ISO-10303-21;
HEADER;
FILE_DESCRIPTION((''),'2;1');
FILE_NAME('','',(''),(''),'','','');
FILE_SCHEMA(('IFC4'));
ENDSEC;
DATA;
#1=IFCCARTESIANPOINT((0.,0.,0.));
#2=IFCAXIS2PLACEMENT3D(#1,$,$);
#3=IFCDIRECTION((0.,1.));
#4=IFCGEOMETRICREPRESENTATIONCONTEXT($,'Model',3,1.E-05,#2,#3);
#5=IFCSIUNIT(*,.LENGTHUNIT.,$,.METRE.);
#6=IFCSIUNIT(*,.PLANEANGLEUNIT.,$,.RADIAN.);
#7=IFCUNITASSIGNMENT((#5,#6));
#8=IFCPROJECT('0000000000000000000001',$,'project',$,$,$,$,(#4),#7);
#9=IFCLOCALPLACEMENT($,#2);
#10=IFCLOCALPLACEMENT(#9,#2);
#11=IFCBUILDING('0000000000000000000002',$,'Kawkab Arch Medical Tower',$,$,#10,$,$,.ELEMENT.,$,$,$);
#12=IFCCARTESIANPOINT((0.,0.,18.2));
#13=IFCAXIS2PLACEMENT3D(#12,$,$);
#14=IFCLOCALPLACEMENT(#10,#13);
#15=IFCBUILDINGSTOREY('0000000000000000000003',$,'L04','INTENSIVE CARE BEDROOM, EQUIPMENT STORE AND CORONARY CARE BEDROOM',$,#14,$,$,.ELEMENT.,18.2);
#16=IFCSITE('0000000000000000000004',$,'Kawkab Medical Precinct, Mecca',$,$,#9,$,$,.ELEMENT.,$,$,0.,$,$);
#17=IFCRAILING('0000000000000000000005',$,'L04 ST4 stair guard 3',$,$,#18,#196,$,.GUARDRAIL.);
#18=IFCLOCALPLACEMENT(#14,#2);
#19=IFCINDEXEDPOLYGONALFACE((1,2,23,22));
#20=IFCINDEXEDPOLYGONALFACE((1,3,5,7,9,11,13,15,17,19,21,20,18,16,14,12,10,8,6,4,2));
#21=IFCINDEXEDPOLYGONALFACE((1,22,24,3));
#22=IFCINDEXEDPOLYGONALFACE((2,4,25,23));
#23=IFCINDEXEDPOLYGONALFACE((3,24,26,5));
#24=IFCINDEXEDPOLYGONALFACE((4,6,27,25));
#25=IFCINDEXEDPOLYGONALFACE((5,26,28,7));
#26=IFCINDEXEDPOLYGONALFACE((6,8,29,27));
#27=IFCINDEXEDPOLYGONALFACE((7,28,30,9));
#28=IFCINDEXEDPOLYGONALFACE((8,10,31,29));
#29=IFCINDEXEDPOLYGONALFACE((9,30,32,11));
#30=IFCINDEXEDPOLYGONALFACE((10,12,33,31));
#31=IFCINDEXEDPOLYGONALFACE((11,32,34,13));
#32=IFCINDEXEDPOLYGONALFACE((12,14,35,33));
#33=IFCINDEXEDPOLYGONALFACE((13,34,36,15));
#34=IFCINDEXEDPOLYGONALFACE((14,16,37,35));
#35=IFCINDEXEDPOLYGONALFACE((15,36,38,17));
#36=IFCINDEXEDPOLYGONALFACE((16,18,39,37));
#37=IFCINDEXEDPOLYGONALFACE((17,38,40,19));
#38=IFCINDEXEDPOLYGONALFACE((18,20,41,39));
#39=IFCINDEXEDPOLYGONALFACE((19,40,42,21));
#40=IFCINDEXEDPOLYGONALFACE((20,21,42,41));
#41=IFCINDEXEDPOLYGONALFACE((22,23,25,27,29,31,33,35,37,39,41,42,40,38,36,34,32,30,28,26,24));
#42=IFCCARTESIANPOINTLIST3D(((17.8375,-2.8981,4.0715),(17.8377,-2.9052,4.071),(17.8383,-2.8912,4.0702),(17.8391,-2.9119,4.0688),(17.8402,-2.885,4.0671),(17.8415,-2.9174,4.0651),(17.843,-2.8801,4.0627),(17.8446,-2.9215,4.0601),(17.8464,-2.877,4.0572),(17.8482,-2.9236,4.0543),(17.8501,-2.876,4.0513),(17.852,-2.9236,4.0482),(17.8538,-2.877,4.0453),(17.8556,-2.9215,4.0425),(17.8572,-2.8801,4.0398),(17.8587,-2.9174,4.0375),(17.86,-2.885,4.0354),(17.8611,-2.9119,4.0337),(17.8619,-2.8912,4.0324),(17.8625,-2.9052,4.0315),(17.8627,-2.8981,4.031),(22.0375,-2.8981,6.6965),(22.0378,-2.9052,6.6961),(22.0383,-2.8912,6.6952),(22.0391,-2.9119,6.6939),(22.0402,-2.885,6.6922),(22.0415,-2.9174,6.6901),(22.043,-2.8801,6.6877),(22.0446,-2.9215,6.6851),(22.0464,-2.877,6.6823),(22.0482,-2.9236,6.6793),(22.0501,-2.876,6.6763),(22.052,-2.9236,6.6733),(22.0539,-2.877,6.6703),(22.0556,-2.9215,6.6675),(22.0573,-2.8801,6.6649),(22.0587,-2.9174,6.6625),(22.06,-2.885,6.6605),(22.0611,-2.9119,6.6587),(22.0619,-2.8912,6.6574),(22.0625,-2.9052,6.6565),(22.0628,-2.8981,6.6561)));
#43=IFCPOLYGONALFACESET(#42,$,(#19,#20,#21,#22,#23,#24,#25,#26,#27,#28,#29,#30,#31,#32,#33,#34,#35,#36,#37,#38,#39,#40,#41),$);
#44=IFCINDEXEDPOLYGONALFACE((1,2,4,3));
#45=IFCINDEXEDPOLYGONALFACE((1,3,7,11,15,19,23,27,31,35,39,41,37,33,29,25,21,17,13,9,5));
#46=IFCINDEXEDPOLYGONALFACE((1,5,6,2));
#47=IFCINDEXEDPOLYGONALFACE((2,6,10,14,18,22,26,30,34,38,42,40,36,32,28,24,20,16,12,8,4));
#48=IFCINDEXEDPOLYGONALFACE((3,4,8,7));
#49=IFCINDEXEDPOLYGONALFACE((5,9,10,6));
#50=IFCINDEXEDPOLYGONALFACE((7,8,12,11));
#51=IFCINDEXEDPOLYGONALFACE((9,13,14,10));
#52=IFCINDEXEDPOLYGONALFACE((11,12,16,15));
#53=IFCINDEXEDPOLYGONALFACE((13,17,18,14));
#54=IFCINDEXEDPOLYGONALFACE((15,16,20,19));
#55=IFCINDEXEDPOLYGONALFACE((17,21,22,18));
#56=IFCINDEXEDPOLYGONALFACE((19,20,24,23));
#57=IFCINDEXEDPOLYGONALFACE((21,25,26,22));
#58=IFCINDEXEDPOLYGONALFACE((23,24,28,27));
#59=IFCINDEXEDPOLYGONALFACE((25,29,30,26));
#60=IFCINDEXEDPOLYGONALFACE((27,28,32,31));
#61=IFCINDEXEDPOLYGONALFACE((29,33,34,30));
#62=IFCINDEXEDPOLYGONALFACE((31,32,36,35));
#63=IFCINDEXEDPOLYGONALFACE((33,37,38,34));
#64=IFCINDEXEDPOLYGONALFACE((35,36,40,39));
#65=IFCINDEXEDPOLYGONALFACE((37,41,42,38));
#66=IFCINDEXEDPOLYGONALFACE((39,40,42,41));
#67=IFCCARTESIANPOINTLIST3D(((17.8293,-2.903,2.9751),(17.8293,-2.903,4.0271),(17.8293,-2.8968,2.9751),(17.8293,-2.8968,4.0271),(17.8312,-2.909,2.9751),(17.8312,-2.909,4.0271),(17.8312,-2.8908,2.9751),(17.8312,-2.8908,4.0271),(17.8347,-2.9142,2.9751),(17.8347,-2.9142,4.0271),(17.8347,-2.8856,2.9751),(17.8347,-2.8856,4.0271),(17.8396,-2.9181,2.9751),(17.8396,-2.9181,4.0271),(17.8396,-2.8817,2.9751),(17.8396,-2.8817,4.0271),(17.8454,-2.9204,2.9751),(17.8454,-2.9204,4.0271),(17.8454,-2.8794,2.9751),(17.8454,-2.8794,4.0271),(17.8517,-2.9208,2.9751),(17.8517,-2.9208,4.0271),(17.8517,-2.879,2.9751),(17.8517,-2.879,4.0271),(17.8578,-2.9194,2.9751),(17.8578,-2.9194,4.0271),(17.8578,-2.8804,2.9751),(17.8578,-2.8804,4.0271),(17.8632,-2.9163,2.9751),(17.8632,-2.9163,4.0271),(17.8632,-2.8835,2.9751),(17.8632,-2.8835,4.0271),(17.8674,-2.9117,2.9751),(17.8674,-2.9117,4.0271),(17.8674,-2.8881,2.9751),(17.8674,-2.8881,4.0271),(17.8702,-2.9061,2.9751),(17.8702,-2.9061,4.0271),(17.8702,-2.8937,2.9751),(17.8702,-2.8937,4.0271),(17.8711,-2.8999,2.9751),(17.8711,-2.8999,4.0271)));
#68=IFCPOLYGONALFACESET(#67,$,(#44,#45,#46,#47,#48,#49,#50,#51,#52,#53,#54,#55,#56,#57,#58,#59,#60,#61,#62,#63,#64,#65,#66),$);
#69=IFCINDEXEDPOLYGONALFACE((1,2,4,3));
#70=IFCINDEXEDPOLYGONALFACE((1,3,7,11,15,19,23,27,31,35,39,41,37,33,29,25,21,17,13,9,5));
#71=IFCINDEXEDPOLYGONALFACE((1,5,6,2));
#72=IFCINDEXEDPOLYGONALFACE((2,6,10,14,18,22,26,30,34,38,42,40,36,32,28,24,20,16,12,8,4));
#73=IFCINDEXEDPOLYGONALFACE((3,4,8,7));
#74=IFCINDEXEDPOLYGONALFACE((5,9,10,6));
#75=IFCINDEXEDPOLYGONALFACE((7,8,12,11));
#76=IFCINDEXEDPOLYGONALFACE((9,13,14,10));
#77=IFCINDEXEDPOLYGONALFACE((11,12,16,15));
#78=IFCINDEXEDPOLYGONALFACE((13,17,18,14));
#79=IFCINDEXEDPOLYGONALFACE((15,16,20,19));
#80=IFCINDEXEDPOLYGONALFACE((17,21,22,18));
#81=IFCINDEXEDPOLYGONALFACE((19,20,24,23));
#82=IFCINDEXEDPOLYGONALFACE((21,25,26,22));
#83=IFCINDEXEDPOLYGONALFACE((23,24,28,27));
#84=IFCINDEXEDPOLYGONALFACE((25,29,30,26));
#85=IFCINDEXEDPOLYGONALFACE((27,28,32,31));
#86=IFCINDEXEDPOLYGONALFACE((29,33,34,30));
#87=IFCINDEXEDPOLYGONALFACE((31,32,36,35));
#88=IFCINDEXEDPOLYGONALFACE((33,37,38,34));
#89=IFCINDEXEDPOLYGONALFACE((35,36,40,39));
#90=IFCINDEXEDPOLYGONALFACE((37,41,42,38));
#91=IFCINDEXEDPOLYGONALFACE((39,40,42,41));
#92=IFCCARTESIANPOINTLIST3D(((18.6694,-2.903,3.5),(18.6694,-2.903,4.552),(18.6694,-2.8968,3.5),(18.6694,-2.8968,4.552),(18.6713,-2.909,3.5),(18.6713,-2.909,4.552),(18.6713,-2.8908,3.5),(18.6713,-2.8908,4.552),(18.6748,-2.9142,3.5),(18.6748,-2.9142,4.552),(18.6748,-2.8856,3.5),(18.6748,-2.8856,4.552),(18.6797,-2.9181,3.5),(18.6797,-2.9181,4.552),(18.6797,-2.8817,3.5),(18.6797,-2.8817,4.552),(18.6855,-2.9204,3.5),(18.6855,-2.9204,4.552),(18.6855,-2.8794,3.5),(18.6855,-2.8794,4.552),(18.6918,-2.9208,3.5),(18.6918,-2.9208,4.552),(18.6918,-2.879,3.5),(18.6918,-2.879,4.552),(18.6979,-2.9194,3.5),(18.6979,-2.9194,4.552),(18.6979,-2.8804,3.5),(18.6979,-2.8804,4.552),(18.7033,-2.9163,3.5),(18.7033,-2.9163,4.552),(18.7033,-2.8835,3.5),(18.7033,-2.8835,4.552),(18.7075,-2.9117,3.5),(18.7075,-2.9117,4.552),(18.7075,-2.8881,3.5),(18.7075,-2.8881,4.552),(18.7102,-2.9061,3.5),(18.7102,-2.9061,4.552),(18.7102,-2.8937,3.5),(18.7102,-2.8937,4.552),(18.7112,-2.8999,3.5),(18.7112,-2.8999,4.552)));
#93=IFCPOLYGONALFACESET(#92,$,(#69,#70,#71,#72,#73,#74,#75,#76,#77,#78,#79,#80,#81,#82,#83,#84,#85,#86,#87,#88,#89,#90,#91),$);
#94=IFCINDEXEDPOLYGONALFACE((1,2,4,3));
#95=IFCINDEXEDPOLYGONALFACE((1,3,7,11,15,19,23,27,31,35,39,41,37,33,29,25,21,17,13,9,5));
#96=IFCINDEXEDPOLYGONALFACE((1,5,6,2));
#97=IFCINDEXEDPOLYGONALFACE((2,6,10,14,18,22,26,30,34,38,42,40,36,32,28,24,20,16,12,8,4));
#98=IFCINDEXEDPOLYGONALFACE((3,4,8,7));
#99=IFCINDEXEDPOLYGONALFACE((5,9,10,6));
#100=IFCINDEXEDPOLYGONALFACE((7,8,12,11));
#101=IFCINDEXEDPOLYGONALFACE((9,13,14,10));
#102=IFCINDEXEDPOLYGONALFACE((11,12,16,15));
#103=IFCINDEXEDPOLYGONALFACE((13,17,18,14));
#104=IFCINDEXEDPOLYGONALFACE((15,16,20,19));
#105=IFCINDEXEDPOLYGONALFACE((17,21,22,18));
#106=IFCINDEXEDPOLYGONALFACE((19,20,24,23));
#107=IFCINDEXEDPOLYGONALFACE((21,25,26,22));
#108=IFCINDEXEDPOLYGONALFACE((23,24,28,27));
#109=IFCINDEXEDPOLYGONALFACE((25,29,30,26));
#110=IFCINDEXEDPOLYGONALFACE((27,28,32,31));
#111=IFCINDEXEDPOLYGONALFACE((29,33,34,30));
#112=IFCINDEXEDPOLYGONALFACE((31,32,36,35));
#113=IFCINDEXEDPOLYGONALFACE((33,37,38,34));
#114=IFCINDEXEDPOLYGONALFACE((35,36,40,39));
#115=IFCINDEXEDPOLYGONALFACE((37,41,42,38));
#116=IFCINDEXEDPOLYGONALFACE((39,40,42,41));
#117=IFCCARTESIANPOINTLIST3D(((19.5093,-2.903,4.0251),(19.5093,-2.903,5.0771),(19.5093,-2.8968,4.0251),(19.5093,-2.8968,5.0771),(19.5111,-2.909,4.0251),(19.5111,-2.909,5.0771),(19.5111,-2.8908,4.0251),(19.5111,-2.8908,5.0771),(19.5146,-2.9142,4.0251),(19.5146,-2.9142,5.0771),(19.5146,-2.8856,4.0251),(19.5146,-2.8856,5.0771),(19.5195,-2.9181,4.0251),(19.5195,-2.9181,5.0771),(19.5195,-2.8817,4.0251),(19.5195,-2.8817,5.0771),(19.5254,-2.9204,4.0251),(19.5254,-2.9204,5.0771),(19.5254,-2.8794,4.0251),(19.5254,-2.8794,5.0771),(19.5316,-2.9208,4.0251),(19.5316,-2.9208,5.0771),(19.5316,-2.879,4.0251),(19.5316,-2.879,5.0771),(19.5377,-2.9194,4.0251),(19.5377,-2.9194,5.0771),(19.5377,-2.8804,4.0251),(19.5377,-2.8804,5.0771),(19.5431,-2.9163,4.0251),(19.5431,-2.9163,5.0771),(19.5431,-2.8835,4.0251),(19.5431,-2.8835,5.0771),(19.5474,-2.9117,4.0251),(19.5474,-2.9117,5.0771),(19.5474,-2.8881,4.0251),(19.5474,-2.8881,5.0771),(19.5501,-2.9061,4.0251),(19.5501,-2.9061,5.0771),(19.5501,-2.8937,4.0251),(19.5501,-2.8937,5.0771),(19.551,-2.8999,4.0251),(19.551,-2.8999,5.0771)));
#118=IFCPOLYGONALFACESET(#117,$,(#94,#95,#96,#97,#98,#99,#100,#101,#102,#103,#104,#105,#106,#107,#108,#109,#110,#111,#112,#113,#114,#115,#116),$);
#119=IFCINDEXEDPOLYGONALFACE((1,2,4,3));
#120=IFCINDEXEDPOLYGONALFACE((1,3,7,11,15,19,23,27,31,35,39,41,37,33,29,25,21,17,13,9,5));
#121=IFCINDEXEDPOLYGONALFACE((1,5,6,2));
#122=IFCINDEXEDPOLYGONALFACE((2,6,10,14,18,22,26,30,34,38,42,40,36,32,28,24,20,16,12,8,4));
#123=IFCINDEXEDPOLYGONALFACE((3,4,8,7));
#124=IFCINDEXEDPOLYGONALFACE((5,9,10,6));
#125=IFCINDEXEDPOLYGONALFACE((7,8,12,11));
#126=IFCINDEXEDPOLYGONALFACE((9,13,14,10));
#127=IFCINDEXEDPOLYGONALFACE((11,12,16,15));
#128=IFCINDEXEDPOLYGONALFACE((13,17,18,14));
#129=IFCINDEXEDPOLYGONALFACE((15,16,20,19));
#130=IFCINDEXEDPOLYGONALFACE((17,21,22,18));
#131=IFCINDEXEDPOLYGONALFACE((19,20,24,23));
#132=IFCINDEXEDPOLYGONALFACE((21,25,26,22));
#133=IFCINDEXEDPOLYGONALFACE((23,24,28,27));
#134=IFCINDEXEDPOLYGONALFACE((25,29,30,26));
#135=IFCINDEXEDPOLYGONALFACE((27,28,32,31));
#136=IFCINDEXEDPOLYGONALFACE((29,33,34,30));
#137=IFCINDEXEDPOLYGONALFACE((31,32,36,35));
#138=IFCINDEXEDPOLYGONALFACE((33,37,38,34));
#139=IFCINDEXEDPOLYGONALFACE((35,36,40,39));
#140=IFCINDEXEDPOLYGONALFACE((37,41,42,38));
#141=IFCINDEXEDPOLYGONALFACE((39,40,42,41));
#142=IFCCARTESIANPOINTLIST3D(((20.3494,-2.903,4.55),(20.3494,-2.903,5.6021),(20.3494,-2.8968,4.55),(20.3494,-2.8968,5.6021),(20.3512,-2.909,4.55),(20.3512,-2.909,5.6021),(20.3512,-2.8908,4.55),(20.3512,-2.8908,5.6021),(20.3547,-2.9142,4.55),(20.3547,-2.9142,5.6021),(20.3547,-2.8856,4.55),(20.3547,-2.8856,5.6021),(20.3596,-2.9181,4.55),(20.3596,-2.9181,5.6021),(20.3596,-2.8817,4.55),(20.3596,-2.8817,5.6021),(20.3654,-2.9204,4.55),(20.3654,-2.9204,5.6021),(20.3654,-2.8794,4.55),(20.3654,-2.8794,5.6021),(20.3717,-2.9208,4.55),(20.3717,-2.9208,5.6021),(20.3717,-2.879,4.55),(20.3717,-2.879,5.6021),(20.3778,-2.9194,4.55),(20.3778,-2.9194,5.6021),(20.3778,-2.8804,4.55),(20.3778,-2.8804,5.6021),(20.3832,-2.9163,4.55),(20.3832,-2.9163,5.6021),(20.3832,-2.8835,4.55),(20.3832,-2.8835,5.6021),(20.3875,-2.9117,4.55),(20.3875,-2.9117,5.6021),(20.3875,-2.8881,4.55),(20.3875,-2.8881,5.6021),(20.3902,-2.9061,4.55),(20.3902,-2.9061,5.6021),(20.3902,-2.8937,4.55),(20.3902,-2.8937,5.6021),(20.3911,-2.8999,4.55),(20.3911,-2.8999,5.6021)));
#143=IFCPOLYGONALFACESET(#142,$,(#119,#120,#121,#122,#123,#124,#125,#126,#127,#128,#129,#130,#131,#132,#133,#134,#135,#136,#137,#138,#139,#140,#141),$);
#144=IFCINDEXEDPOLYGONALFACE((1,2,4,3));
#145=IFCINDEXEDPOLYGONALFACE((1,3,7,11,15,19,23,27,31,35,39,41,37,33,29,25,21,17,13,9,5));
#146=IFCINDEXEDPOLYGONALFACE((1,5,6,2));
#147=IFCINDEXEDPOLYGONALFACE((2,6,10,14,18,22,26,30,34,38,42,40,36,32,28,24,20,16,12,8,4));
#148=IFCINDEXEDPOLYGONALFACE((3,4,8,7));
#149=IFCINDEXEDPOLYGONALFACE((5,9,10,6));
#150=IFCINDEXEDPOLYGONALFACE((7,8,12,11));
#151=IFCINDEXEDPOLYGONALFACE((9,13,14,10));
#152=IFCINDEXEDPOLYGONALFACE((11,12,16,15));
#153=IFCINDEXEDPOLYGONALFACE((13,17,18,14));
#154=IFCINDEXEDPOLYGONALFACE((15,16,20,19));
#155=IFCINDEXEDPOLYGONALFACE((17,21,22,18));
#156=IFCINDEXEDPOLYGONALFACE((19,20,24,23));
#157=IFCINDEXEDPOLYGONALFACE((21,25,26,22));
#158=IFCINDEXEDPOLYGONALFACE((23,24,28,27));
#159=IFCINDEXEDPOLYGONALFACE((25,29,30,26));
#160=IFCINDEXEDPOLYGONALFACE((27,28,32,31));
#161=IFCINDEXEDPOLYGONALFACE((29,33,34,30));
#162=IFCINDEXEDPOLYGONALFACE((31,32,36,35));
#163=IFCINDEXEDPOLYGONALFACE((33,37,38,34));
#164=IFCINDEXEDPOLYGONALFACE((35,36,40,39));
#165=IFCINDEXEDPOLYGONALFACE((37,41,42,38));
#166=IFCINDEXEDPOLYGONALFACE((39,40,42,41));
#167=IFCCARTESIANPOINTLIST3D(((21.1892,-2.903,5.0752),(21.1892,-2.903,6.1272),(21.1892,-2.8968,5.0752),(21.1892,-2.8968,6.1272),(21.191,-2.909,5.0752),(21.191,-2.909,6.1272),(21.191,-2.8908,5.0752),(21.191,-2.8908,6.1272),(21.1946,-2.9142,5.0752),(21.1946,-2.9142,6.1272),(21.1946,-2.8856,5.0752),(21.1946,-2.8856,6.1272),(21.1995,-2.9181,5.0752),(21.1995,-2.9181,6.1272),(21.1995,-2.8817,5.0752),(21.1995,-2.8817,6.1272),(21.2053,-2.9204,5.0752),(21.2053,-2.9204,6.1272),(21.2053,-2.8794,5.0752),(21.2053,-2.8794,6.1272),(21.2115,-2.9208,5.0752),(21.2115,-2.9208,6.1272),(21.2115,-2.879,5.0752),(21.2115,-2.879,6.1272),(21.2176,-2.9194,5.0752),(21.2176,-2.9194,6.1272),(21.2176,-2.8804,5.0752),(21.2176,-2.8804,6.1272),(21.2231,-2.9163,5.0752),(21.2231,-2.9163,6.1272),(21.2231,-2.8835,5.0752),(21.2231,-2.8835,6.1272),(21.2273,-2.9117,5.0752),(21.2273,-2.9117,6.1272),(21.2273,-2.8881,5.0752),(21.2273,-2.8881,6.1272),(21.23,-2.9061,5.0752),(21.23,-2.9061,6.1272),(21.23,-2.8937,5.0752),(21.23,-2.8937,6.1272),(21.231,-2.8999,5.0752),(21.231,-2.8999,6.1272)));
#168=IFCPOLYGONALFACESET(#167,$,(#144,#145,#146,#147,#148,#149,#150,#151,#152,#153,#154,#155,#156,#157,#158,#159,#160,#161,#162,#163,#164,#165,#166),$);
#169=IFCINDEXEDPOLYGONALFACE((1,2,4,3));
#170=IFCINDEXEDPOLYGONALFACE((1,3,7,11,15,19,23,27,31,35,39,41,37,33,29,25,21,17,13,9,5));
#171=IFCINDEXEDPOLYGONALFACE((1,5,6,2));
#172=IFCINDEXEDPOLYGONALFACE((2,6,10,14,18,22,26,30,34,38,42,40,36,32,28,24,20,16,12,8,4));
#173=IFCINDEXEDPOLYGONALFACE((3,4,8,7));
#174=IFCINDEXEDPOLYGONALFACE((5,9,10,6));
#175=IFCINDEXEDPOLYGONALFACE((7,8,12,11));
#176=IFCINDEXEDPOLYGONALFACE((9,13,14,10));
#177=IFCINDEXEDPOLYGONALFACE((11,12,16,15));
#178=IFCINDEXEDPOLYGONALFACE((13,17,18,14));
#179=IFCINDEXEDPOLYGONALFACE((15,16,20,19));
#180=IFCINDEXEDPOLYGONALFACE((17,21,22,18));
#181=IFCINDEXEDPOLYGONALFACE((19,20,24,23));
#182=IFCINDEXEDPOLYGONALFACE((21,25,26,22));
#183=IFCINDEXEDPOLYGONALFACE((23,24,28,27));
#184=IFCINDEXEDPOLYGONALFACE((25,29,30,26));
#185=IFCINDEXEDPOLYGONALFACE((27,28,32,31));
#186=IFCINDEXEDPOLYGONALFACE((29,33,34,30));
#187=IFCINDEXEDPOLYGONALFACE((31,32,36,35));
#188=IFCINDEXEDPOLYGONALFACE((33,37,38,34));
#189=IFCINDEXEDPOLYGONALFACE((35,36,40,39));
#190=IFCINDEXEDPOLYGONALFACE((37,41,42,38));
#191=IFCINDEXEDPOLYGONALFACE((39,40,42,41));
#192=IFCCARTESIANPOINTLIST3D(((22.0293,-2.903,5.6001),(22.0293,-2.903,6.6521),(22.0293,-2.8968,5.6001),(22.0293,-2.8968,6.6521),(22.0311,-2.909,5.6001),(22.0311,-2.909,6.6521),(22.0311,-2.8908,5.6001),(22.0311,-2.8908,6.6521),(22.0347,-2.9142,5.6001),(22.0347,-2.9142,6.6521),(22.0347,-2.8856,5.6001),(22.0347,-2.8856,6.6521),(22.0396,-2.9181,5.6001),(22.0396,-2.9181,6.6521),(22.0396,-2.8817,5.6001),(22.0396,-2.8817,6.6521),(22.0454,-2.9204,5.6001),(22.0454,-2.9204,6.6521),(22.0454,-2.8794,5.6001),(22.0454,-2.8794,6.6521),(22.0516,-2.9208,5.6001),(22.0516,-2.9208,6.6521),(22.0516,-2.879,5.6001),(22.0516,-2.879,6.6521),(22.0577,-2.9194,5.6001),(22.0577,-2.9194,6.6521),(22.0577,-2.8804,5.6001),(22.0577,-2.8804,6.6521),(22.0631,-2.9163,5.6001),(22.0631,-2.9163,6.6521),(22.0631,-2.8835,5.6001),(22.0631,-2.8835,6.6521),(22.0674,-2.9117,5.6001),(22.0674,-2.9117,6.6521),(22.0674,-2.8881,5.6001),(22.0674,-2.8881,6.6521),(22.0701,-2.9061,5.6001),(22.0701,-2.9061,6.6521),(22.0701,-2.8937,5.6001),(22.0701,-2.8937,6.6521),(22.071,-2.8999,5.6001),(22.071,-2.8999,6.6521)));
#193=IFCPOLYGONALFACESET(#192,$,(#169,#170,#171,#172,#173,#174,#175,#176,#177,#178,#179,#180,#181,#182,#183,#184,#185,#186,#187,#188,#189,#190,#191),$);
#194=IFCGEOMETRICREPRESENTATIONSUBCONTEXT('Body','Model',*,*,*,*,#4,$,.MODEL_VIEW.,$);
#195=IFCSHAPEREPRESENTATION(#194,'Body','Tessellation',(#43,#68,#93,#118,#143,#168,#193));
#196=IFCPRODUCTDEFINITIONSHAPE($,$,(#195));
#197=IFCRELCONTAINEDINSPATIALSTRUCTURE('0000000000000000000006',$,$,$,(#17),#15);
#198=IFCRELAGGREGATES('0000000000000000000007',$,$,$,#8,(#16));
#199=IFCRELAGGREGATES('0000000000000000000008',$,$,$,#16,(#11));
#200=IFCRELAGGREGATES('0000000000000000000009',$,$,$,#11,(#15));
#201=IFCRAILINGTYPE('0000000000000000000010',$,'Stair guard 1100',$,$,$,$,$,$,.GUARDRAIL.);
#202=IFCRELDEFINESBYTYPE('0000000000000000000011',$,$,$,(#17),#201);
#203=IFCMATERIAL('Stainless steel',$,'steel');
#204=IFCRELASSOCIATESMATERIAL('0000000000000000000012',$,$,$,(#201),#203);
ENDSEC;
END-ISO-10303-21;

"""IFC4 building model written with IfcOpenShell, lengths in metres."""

from ifc_helpers import new_model, si_unit, direction, frame, origin, origin_2d, place, context, subcontext, project, spatial, circle, extrude, material, type_object, element, save


model = new_model("IFC4")

# Units and contexts
model_context = context("Model", 3, precision=1e-05, world=origin(), true_north=direction((0.0, 1.0)))
body_context = subcontext(model_context, "Body", "Model", "MODEL_VIEW")
ifc_project = project(units=[si_unit("LENGTHUNIT", "METRE"), si_unit("PLANEANGLEUNIT", "RADIAN")], contexts=[model_context])

# Site, building, storey
site_placement = place(None, origin())
site = spatial("IfcSite", under=ifc_project, at=site_placement, Name="Kawkab Medical Precinct, Mecca", CompositionType="ELEMENT", RefElevation=0.0)
building_placement = place(site_placement, origin())
building = spatial("IfcBuilding", under=site, at=building_placement, Name="Kawkab Arch Medical Tower", CompositionType="ELEMENT")
storey_placement = place(building_placement, frame((0.0, 0.0, 18.2)))
storey = spatial("IfcBuildingStorey", under=building, at=storey_placement, Name="L04", Description="INTENSIVE CARE BEDROOM, EQUIPMENT STORE AND CORONARY CARE BEDROOM", CompositionType="ELEMENT", Elevation=18.2)

# Railing
ifc_material_1 = material(Name="Stainless steel", Category="steel")
railing_type = type_object("IfcRailingType", Name="Stair guard 1100", PredefinedType="GUARDRAIL", material=ifc_material_1)
railing_1_placement = place(storey_placement, frame((17.8501, -2.8999, 2.9751)))
element("IfcRailing", 1, at=railing_1_placement, inside=storey, type_object=railing_type, Name="L04 ST4 stair guard 3", PredefinedType="GUARDRAIL", context=body_context, shape_type="SweptSolid", body=[
    extrude(circle(Radius=0.0239, at=origin_2d()), frame((0.0, 0.0, 1.0762), z_axis=(0.847996, 0.0, 0.530003), x_axis=(0.0, 1.0, 0.0)), (0.0, 0.0, 1.0), 4.9529),
    extrude(circle(Radius=0.021, at=origin_2d()), origin(), (0.0, 0.0, 1.0), 1.052),
    extrude(circle(Radius=0.021, at=origin_2d()), frame((0.8401, 0.0, 0.5249)), (0.0, 0.0, 1.0), 1.052),
    extrude(circle(Radius=0.021, at=origin_2d()), frame((1.6799, 0.0, 1.05)), (0.0, 0.0, 1.0), 1.052),
    extrude(circle(Radius=0.021, at=origin_2d()), frame((2.52, 0.0, 1.575)), (0.0, 0.0, 1.0), 1.052),
    extrude(circle(Radius=0.021, at=origin_2d()), frame((3.3599, 0.0, 2.1001)), (0.0, 0.0, 1.0), 1.052),
    extrude(circle(Radius=0.021, at=origin_2d()), frame((4.2, 0.0, 2.625)), (0.0, 0.0, 1.0), 1.052),
])

save(model, "model.ifc")
